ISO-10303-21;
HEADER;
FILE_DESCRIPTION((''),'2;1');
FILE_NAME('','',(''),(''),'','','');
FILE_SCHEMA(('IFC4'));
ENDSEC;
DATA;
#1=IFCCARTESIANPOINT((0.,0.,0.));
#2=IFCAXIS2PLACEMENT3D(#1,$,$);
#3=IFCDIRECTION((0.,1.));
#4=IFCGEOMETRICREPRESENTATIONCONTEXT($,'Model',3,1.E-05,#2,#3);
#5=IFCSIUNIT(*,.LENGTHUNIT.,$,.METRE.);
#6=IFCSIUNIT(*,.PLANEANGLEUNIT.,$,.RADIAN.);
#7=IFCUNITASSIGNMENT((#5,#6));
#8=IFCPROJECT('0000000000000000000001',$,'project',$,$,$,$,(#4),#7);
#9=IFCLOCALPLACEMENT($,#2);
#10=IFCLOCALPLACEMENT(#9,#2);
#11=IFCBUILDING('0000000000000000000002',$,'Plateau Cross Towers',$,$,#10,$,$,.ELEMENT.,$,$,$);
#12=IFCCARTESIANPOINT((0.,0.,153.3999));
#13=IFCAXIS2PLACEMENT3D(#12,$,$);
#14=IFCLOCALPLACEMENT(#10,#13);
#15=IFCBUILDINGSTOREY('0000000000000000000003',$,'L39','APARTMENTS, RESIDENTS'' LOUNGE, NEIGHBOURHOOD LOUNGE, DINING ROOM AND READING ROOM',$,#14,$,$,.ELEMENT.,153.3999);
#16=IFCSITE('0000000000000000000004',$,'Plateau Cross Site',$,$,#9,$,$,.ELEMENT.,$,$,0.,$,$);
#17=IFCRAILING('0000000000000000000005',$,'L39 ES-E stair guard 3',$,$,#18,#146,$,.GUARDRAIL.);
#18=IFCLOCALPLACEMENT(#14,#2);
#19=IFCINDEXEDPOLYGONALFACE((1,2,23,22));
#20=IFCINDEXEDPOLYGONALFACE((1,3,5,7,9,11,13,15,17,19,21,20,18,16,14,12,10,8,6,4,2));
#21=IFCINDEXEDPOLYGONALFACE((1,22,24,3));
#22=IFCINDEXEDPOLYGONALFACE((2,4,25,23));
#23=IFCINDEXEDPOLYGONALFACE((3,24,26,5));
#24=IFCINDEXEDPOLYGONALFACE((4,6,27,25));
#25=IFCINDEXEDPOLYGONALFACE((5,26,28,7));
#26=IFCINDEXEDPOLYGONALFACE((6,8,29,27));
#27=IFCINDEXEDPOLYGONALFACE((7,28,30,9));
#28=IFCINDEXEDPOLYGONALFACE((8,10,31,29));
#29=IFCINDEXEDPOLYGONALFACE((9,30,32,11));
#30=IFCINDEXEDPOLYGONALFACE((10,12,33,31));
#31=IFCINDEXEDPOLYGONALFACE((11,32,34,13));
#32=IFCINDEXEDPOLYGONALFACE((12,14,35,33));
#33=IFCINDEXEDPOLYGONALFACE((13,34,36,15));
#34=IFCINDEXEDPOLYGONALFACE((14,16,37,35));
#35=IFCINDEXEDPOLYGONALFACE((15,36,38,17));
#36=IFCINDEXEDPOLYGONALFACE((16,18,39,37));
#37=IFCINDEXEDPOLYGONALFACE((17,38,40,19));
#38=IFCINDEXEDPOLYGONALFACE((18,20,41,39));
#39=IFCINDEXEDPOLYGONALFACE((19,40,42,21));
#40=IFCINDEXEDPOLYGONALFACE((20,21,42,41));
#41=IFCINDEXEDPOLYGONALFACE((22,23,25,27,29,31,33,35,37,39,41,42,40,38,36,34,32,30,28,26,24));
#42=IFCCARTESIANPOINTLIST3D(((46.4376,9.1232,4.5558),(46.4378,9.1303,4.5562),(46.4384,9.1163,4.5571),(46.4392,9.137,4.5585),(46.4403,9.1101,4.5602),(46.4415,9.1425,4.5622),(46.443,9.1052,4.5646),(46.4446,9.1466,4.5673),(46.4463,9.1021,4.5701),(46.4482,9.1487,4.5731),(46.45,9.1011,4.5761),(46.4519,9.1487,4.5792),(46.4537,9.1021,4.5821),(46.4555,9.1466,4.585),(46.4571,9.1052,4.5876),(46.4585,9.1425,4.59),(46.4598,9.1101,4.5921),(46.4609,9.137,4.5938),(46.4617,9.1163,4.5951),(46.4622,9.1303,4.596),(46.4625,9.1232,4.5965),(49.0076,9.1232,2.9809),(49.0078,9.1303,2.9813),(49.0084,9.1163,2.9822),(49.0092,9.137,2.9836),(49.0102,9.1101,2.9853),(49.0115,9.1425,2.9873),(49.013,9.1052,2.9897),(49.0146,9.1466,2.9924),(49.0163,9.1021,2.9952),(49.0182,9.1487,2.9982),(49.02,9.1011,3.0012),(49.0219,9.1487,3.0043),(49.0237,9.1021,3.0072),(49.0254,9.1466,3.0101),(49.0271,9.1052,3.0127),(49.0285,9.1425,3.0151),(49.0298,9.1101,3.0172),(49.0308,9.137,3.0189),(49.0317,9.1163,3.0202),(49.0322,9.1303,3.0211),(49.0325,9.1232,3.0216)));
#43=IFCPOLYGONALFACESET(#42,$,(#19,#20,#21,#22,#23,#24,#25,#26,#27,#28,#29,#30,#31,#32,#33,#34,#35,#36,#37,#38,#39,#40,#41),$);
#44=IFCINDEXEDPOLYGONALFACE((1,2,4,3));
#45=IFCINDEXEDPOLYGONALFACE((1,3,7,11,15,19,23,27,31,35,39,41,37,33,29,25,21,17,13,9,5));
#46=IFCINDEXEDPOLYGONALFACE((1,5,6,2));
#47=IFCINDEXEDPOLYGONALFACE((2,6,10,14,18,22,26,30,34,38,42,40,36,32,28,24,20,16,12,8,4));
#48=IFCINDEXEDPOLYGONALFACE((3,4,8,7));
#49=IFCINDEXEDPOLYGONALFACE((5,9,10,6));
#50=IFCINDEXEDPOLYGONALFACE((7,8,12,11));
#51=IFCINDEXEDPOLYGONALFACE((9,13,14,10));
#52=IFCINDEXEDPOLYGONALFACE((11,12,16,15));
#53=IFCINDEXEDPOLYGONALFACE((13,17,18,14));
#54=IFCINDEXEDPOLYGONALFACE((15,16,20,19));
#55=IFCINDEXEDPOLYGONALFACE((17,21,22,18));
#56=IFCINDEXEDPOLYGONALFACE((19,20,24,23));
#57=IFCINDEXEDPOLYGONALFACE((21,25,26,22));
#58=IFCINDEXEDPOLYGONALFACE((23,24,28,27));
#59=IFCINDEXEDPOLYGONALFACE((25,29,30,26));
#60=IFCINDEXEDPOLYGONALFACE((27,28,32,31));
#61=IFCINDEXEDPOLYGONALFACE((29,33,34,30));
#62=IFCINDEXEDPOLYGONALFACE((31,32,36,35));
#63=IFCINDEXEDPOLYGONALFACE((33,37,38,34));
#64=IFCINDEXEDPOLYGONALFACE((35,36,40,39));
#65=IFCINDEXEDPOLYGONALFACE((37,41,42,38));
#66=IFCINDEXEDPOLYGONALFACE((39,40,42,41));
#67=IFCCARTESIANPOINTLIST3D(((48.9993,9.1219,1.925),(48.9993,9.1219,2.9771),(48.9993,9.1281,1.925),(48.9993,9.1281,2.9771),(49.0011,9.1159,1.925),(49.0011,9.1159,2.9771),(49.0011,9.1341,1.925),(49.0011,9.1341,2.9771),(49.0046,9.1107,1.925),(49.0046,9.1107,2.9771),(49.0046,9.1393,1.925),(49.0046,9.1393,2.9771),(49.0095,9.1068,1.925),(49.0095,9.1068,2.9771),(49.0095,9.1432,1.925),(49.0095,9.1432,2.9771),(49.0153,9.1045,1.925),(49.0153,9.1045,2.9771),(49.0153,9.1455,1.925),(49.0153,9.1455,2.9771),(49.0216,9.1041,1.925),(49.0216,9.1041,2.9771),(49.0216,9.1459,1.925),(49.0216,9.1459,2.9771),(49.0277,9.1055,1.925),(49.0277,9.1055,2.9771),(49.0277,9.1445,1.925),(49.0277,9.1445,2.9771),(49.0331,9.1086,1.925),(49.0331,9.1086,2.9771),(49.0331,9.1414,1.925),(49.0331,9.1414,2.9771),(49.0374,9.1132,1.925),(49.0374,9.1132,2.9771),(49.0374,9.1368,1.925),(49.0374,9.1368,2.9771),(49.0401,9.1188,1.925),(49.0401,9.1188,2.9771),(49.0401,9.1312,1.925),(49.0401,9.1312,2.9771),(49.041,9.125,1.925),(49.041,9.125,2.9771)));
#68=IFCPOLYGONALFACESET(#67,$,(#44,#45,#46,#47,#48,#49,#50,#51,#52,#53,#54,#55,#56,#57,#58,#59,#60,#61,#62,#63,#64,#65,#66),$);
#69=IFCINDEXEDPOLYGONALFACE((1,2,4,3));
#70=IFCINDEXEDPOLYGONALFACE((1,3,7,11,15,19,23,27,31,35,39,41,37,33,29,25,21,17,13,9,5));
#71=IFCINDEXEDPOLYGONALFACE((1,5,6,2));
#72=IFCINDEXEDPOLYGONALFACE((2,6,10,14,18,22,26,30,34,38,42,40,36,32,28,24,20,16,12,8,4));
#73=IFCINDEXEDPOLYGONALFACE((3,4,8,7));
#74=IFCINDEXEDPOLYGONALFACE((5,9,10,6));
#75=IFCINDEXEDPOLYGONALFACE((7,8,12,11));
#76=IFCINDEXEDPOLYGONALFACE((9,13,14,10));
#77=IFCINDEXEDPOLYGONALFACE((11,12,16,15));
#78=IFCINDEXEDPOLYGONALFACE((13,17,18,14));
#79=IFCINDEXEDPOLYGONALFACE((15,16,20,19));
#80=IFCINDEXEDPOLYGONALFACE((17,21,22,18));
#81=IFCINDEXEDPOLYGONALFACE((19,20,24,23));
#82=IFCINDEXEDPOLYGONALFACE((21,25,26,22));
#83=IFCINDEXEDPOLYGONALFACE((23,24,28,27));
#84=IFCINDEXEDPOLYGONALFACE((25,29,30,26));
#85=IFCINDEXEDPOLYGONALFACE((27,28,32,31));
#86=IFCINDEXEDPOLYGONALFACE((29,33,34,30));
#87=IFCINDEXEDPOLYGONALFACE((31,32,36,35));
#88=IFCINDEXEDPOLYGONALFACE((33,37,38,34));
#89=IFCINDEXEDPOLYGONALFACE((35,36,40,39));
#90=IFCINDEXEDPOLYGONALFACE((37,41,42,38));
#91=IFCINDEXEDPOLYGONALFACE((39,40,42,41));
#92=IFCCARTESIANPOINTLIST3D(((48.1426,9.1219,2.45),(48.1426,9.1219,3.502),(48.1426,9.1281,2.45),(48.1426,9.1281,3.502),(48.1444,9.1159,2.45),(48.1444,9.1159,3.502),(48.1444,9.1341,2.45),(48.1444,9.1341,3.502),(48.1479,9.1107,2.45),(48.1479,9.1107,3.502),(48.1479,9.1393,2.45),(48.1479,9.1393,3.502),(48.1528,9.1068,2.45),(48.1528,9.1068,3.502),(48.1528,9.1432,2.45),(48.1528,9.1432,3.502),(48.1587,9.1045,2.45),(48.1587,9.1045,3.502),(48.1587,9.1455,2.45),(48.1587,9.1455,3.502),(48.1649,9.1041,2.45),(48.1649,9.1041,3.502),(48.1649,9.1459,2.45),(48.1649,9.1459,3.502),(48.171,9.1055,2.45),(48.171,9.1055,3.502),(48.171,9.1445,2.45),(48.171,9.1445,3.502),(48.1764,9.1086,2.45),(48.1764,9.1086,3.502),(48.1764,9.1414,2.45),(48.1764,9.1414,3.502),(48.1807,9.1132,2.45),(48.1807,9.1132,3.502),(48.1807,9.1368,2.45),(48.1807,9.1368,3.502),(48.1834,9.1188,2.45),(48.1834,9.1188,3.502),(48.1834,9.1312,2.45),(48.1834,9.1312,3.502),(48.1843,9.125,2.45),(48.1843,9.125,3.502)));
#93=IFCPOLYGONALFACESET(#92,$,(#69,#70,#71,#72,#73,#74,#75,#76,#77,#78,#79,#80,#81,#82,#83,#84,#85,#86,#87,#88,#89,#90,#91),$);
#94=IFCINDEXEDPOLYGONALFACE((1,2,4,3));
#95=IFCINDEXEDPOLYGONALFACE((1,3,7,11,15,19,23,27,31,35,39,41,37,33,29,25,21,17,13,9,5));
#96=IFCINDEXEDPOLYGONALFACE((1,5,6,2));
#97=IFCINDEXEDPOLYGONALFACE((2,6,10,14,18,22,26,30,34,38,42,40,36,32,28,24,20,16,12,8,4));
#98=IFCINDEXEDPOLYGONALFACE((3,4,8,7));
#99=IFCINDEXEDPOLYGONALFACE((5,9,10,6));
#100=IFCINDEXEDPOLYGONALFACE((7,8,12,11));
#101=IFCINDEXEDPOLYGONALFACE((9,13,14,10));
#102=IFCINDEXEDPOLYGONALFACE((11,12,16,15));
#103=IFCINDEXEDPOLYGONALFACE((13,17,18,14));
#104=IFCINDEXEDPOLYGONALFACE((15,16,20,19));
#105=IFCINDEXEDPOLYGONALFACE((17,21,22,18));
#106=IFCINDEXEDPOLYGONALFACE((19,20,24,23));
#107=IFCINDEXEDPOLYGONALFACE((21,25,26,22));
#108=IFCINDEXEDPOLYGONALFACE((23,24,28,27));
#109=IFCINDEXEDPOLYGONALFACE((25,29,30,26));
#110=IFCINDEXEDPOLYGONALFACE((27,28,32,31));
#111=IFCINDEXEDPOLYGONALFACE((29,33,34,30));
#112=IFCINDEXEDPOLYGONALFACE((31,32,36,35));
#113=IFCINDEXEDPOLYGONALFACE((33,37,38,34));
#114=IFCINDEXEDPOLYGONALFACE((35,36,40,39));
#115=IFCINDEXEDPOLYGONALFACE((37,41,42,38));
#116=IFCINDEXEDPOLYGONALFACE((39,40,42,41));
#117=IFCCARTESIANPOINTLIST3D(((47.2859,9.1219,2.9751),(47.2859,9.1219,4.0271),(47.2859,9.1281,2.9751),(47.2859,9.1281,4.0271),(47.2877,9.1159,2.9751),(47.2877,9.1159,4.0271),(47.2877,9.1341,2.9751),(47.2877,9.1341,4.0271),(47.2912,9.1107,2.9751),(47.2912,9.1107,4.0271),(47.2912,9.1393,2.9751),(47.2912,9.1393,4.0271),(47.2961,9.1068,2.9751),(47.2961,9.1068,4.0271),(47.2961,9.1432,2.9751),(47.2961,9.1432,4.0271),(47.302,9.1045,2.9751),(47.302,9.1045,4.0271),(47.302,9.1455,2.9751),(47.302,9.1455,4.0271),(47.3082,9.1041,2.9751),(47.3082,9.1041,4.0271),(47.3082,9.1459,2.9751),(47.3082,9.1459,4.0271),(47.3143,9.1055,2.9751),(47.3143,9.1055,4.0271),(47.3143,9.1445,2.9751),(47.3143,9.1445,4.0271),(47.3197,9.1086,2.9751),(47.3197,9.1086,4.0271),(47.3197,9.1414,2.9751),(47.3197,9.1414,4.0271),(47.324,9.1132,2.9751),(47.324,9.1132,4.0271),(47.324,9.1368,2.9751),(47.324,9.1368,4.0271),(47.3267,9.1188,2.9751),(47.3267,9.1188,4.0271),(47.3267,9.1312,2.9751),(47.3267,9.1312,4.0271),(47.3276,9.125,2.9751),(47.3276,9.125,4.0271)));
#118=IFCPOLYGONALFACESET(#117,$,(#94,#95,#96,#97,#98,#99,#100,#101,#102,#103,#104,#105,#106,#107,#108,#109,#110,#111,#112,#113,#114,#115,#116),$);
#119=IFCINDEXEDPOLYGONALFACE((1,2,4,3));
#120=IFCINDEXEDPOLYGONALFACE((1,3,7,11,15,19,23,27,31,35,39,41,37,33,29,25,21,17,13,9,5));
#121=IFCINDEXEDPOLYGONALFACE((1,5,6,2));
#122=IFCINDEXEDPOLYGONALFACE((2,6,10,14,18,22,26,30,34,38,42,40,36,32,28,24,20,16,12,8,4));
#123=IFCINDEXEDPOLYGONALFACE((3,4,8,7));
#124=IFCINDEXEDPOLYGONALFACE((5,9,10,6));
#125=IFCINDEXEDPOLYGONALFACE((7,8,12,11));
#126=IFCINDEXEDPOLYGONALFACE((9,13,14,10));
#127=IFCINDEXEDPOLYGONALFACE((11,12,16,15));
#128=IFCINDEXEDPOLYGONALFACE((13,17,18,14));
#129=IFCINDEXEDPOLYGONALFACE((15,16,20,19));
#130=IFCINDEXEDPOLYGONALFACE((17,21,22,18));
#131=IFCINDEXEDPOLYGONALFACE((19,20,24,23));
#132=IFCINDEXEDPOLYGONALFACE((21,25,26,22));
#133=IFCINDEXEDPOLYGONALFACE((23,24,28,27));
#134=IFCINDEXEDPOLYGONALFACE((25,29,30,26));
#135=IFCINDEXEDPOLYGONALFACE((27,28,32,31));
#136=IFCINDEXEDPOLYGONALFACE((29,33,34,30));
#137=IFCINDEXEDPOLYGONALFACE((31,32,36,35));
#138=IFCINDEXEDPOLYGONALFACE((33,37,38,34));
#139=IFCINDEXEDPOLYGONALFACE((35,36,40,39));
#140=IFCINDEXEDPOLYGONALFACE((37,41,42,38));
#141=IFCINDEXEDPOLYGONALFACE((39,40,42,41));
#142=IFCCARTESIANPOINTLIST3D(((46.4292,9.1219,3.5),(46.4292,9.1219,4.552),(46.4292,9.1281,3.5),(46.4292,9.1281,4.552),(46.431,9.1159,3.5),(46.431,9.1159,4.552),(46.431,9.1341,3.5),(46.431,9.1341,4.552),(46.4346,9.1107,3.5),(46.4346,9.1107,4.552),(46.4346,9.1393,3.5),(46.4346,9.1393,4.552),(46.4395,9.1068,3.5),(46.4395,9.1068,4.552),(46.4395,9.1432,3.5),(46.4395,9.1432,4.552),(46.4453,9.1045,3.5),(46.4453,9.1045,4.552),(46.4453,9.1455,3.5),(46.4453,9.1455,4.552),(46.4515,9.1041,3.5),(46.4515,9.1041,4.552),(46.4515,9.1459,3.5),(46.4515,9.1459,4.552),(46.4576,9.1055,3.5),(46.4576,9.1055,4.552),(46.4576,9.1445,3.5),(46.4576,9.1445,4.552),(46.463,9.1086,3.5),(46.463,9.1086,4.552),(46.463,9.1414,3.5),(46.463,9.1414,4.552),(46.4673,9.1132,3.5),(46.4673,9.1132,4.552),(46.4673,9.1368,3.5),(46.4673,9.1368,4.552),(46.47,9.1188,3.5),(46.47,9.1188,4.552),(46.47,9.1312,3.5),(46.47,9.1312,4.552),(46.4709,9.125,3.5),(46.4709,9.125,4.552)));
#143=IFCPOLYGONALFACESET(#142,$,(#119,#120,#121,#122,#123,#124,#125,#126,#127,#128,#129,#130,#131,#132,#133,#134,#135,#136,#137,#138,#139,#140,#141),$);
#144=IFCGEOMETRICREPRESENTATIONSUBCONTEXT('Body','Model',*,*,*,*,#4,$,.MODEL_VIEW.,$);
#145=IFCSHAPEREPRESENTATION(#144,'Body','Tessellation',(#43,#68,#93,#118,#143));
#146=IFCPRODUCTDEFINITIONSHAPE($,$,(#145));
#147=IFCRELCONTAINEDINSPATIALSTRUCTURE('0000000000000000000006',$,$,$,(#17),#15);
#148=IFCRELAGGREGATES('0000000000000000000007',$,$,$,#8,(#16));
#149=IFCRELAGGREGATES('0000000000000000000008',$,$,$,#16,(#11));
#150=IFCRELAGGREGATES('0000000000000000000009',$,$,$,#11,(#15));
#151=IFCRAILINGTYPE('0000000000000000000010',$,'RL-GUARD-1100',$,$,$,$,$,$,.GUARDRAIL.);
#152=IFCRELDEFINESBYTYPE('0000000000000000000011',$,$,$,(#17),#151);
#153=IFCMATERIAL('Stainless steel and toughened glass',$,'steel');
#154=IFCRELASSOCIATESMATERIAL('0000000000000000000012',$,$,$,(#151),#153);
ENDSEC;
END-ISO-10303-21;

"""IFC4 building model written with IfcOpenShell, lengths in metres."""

from ifc_helpers import new_model, si_unit, direction, frame, origin, origin_2d, place, context, subcontext, project, spatial, circle, extrude, material, type_object, element, save


model = new_model("IFC4")

# Units and contexts
model_context = context("Model", 3, precision=1e-05, world=origin(), true_north=direction((0.0, 1.0)))
body_context = subcontext(model_context, "Body", "Model", "MODEL_VIEW")
ifc_project = project(units=[si_unit("LENGTHUNIT", "METRE"), si_unit("PLANEANGLEUNIT", "RADIAN")], contexts=[model_context])

# Site, building, storey
site_placement = place(None, origin())
site = spatial("IfcSite", under=ifc_project, at=site_placement, Name="Plateau Cross Site", CompositionType="ELEMENT", RefElevation=0.0)
building_placement = place(site_placement, origin())
building = spatial("IfcBuilding", under=site, at=building_placement, Name="Plateau Cross Towers", CompositionType="ELEMENT")
storey_placement = place(building_placement, frame((0.0, 0.0, 153.3999)))
storey = spatial("IfcBuildingStorey", under=building, at=storey_placement, Name="L39", Description="APARTMENTS, RESIDENTS' LOUNGE, NEIGHBOURHOOD LOUNGE, DINING ROOM AND READING ROOM", CompositionType="ELEMENT", Elevation=153.3999)

# Railing
ifc_material_1 = material(Name="Stainless steel and toughened glass", Category="steel")
railing_type_1 = type_object("IfcRailingType", Name="RL-GUARD-1100", PredefinedType="GUARDRAIL", material=ifc_material_1)
railing_1_placement = place(storey_placement, frame((49.02, 9.125, 1.925)))
element("IfcRailing", 1, at=railing_1_placement, inside=storey, type_object=railing_type_1, Name="L39 ES-E stair guard 3", PredefinedType="GUARDRAIL", context=body_context, shape_type="SweptSolid", body=[
    extrude(circle(Radius=0.0239, at=origin_2d()), frame((0.0, 0.0, 1.0762), z_axis=(-0.852639, 0.0, 0.522501), x_axis=(0.0, -1.0, 0.0)), (0.0, 0.0, 1.0), 3.0142),
    extrude(circle(Radius=0.021, at=origin_2d()), origin(), (0.0, 0.0, 1.0), 1.052),
    extrude(circle(Radius=0.021, at=origin_2d()), frame((-0.8567, 0.0, 0.5249)), (0.0, 0.0, 1.0), 1.052),
    extrude(circle(Radius=0.021, at=origin_2d()), frame((-1.7134, 0.0, 1.05)), (0.0, 0.0, 1.0), 1.052),
    extrude(circle(Radius=0.021, at=origin_2d()), frame((-2.5701, 0.0, 1.575)), (0.0, 0.0, 1.0), 1.052),
])

save(model, "model.ifc")
